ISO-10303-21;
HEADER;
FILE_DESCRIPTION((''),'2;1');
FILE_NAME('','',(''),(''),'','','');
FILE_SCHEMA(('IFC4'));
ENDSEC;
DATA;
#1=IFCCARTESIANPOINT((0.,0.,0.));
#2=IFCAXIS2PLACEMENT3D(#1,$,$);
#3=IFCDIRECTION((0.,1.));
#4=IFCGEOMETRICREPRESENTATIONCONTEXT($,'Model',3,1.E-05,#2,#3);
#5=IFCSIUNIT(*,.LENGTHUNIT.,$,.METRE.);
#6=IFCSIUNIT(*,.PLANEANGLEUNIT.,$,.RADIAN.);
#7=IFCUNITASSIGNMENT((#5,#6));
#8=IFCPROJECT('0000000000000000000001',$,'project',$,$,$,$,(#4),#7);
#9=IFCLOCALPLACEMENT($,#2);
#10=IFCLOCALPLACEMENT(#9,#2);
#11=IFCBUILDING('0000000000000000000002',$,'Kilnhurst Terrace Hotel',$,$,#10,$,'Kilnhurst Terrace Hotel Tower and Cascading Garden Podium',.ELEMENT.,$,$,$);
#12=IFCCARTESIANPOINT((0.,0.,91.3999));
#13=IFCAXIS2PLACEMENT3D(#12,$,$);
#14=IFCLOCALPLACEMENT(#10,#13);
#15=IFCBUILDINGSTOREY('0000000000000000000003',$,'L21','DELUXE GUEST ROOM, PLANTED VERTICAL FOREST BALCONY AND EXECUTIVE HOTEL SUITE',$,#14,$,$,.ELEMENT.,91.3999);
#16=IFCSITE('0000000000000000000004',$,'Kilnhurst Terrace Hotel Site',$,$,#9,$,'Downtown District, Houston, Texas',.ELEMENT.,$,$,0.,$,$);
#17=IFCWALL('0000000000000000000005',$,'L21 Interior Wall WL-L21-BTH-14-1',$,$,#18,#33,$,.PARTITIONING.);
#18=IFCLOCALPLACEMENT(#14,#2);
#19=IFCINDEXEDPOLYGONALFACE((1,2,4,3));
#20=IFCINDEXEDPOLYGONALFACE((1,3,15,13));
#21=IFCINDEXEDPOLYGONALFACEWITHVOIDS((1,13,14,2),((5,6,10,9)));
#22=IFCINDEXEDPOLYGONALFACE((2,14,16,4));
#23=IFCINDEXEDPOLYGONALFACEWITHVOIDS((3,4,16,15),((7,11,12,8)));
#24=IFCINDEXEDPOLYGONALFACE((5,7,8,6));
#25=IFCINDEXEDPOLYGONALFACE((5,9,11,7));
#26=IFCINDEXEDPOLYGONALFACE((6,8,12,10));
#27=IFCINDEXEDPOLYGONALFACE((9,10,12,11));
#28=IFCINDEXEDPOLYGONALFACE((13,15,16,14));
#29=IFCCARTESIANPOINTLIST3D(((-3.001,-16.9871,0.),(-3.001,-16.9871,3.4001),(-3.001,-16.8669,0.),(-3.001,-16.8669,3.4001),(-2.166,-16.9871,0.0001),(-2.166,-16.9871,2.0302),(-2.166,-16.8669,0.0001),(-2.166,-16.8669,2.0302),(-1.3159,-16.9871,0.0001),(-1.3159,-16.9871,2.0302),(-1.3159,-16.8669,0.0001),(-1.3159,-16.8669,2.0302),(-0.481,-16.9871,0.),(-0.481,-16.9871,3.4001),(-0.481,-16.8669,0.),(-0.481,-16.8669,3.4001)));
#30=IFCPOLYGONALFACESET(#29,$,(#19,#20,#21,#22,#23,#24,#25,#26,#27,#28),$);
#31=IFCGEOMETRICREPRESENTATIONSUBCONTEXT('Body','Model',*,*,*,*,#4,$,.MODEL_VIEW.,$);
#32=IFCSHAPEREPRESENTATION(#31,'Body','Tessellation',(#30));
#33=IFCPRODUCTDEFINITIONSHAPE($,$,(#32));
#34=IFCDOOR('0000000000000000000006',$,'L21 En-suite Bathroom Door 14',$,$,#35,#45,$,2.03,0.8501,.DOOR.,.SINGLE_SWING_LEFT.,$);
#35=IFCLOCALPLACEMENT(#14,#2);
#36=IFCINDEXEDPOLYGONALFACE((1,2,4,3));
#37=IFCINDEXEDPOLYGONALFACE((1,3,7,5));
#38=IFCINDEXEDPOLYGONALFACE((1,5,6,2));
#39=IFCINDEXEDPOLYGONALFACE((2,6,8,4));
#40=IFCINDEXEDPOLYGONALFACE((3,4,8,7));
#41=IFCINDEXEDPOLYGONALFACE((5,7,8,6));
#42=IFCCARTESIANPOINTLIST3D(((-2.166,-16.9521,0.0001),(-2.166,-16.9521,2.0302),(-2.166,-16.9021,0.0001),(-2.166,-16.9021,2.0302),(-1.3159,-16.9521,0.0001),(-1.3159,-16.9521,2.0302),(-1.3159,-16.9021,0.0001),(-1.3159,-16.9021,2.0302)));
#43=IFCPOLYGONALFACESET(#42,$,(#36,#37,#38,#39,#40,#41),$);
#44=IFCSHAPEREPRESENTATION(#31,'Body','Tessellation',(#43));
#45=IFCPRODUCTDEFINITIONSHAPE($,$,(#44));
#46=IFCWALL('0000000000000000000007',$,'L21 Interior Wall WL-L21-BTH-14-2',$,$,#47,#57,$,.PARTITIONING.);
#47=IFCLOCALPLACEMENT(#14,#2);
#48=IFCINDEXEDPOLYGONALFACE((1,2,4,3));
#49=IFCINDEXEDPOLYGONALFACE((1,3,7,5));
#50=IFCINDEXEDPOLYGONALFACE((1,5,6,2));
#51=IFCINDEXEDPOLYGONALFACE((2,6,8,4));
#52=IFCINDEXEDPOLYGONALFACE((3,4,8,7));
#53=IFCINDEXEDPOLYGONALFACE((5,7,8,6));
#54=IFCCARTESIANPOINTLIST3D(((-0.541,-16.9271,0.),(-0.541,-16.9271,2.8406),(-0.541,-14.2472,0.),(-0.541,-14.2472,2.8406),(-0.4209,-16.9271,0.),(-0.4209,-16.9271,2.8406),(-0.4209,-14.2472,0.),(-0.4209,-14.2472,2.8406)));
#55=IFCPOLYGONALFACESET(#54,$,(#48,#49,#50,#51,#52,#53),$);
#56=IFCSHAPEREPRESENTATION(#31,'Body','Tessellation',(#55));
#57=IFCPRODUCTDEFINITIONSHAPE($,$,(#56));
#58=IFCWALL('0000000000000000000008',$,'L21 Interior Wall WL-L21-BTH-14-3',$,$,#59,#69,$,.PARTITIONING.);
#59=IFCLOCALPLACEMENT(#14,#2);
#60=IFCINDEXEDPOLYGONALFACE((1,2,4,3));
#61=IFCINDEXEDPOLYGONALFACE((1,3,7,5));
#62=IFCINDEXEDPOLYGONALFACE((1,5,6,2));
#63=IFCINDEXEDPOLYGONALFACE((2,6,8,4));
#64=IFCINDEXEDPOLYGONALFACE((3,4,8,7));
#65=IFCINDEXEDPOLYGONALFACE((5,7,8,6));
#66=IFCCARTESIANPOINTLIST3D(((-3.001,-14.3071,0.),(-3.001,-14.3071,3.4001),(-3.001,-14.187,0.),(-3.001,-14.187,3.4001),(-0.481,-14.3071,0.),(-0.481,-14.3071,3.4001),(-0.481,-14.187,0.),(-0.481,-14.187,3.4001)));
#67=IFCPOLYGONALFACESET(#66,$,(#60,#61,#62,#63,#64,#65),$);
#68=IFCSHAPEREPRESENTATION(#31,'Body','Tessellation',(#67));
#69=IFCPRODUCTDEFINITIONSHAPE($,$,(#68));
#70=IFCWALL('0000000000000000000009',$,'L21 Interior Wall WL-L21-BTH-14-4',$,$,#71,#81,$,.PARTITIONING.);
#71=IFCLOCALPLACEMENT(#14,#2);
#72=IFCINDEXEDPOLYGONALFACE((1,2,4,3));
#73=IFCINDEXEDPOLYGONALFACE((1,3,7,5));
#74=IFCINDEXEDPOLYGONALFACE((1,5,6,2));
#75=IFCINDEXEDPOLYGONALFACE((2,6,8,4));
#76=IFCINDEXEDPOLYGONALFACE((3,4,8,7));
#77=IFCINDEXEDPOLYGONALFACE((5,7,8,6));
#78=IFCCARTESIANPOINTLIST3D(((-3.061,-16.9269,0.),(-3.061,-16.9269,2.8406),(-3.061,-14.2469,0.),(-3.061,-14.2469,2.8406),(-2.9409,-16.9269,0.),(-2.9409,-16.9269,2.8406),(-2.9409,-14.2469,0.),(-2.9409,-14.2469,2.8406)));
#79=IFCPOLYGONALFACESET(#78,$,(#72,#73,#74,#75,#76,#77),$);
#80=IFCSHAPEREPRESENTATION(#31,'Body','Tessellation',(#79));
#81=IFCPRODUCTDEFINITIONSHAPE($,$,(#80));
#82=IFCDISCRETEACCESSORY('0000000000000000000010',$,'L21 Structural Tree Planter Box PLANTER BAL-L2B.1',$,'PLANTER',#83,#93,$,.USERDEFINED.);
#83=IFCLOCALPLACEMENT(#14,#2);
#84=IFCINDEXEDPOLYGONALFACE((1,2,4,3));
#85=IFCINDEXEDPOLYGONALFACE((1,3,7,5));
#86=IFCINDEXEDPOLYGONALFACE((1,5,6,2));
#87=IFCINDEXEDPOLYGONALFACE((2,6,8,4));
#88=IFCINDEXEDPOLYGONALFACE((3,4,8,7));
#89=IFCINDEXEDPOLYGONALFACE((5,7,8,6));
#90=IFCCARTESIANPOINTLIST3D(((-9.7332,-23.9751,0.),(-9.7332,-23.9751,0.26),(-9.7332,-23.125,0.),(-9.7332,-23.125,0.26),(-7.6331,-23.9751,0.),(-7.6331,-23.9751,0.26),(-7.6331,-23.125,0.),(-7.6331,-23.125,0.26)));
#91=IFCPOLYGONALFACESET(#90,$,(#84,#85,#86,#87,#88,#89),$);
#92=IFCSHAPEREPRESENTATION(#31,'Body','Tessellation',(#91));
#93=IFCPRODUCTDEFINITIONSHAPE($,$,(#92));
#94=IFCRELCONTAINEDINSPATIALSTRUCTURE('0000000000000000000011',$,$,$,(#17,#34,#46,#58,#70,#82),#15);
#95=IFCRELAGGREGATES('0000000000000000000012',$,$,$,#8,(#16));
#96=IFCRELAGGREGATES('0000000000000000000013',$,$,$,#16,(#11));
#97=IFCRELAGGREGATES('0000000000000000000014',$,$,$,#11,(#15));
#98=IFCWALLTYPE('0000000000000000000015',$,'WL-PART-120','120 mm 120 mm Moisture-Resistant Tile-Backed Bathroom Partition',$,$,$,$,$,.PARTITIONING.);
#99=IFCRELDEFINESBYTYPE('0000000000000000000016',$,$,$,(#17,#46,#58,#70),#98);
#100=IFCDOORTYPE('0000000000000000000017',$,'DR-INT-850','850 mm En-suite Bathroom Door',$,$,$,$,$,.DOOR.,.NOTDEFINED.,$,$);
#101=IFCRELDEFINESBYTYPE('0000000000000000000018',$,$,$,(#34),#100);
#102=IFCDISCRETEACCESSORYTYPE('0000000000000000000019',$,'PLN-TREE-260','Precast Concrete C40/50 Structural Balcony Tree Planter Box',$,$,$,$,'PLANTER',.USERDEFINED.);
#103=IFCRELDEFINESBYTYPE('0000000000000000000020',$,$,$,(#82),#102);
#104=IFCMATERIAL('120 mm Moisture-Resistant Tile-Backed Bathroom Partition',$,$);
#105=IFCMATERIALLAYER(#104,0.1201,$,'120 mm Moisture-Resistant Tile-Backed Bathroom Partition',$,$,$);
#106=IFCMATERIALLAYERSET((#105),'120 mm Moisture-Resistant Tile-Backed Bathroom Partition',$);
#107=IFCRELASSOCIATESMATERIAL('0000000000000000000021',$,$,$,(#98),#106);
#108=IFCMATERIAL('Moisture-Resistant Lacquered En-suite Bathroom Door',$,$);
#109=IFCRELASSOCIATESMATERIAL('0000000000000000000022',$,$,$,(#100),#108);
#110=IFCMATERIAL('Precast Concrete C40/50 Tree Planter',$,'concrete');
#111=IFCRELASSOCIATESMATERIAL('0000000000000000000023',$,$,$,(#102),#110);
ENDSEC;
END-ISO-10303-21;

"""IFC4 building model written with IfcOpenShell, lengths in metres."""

from ifc_helpers import new_model, si_unit, direction, frame, frame_2d, origin, origin_2d, place, context, subcontext, project, spatial, rectangle, extrude, material, layer, layer_set, type_object, element, fill, save


model = new_model("IFC4")

# Units and contexts
model_context = context("Model", 3, precision=1e-05, world=origin(), true_north=direction((0.0, 1.0)))
body_context = subcontext(model_context, "Body", "Model", "MODEL_VIEW")
ifc_project = project(units=[si_unit("LENGTHUNIT", "METRE"), si_unit("PLANEANGLEUNIT", "RADIAN")], contexts=[model_context])

# Site, building, storey
site_placement = place(None, origin())
site = spatial("IfcSite", under=ifc_project, at=site_placement, Name="Kilnhurst Terrace Hotel Site", LongName="Downtown District, Houston, Texas", CompositionType="ELEMENT", RefElevation=0.0)
building_placement = place(site_placement, origin())
building = spatial("IfcBuilding", under=site, at=building_placement, Name="Kilnhurst Terrace Hotel", LongName="Kilnhurst Terrace Hotel Tower and Cascading Garden Podium", CompositionType="ELEMENT")
storey_placement = place(building_placement, frame((0.0, 0.0, 91.3999)))
storey = spatial("IfcBuildingStorey", under=building, at=storey_placement, Name="L21", Description="DELUXE GUEST ROOM, PLANTED VERTICAL FOREST BALCONY AND EXECUTIVE HOTEL SUITE", CompositionType="ELEMENT", Elevation=91.3999)

# Wall, opening, door
ifc_material_1 = material(Name="120 mm Moisture-Resistant Tile-Backed Bathroom Partition")
ifc_layer_1 = layer(ifc_material_1, 0.1201, Name="120 mm Moisture-Resistant Tile-Backed Bathroom Partition")
ifc_layer_set_1 = layer_set([ifc_layer_1], Name="120 mm Moisture-Resistant Tile-Backed Bathroom Partition")
wall_type_1 = type_object("IfcWallType", Name="WL-PART-120", Description="120 mm 120 mm Moisture-Resistant Tile-Backed Bathroom Partition", PredefinedType="PARTITIONING", material=ifc_layer_set_1)
wall_1_placement = place(storey_placement, frame((-3.001, -16.927, 0.0), z_axis=(0.0, 0.0, 1.0), x_axis=(1.0, 0.0, 0.0)))
wall_1 = element("IfcWall", 1, at=wall_1_placement, inside=storey, type_object=wall_type_1, Name="L21 Interior Wall WL-L21-BTH-14-1", PredefinedType="PARTITIONING", context=body_context, shape_type="SweptSolid", body=[
    extrude(rectangle(XDim=2.52, YDim=0.1201, at=frame_2d((1.26, 0.0))), origin(), (0.0, 0.0, 1.0), 3.4001),
])
opening_1_placement = place(wall_1_placement, frame((0.835, 0.0, 0.0)))
opening_1 = element("IfcOpeningElement", 2, at=opening_1_placement, cuts=wall_1, PredefinedType="OPENING", context=body_context, shape_type="SweptSolid", body=[
    extrude(rectangle(XDim=0.8501, YDim=2.03, at=frame_2d((0.425, 1.0151))), frame((0.0, 0.0701, 0.0), z_axis=(0.0, -1.0, 0.0), x_axis=(1.0, 0.0, 0.0)), (0.0, 0.0, 1.0), 0.1401),
])
ifc_material_2 = material(Name="Moisture-Resistant Lacquered En-suite Bathroom Door")
door_type_1 = type_object("IfcDoorType", Name="DR-INT-850", Description="850 mm En-suite Bathroom Door", OperationType="NOTDEFINED", PredefinedType="DOOR", material=ifc_material_2)
door_1_placement = place(opening_1_placement, origin())
door_1 = element("IfcDoor", 3, at=door_1_placement, inside=storey, type_object=door_type_1, Name="L21 En-suite Bathroom Door 14", OperationType="SINGLE_SWING_LEFT", OverallHeight=2.03, OverallWidth=0.8501, PredefinedType="DOOR", context=body_context, shape_type="SweptSolid", body=[
    extrude(rectangle(XDim=0.8501, YDim=2.03, at=frame_2d((0.425, 1.0151))), frame((0.0, 0.0249, 0.0), z_axis=(0.0, -1.0, 0.0), x_axis=(1.0, 0.0, 0.0)), (0.0, 0.0, 1.0), 0.05),
])
fill(opening_1, door_1)

# Walls
wall_2_placement = place(storey_placement, frame((-0.481, -16.927, 0.0), z_axis=(0.0, 0.0, 1.0), x_axis=(0.0, 1.0, 0.0)))
element("IfcWall", 4, at=wall_2_placement, inside=storey, type_object=wall_type_1, Name="L21 Interior Wall WL-L21-BTH-14-2", PredefinedType="PARTITIONING", context=body_context, shape_type="SweptSolid", body=[
    extrude(rectangle(XDim=2.6799, YDim=0.1201, at=frame_2d((1.3398, 0.0))), origin(), (0.0, 0.0, 1.0), 2.8406),
])
wall_3_placement = place(storey_placement, frame((-0.481, -14.2471, 0.0), z_axis=(0.0, 0.0, 1.0), x_axis=(-1.0, 0.0, 0.0)))
element("IfcWall", 5, at=wall_3_placement, inside=storey, type_object=wall_type_1, Name="L21 Interior Wall WL-L21-BTH-14-3", PredefinedType="PARTITIONING", context=body_context, shape_type="SweptSolid", body=[
    extrude(rectangle(XDim=2.52, YDim=0.1201, at=frame_2d((1.26, 0.0))), origin(), (0.0, 0.0, 1.0), 3.4001),
])
wall_4_placement = place(storey_placement, frame((-3.001, -14.2471, 0.0), z_axis=(0.0, 0.0, 1.0), x_axis=(0.0, -1.0, 0.0)))
element("IfcWall", 6, at=wall_4_placement, inside=storey, type_object=wall_type_1, Name="L21 Interior Wall WL-L21-BTH-14-4", PredefinedType="PARTITIONING", context=body_context, shape_type="SweptSolid", body=[
    extrude(rectangle(XDim=2.6799, YDim=0.1201, at=frame_2d((1.3398, 0.0))), origin(), (0.0, 0.0, 1.0), 2.8406),
])

# Discrete accessory
ifc_material_3 = material(Name="Precast Concrete C40/50 Tree Planter", Category="concrete")
discrete_accessory_type = type_object("IfcDiscreteAccessoryType", Name="PLN-TREE-260", Description="Precast Concrete C40/50 Structural Balcony Tree Planter Box", ElementType="PLANTER", PredefinedType="USERDEFINED", material=ifc_material_3)
discrete_accessory_placement = place(storey_placement, frame((-8.6831, -23.55, 0.0), z_axis=(0.0, 0.0, 1.0), x_axis=(1.0, 0.0, 0.0)))
element("IfcDiscreteAccessory", 7, at=discrete_accessory_placement, inside=storey, type_object=discrete_accessory_type, Name="L21 Structural Tree Planter Box PLANTER BAL-L2B.1", ObjectType="PLANTER", PredefinedType="USERDEFINED", context=body_context, shape_type="SweptSolid", body=[
    extrude(rectangle(XDim=2.1001, YDim=0.8501, at=origin_2d()), origin(), (0.0, 0.0, 1.0), 0.26),
])

save(model, "model.ifc")
